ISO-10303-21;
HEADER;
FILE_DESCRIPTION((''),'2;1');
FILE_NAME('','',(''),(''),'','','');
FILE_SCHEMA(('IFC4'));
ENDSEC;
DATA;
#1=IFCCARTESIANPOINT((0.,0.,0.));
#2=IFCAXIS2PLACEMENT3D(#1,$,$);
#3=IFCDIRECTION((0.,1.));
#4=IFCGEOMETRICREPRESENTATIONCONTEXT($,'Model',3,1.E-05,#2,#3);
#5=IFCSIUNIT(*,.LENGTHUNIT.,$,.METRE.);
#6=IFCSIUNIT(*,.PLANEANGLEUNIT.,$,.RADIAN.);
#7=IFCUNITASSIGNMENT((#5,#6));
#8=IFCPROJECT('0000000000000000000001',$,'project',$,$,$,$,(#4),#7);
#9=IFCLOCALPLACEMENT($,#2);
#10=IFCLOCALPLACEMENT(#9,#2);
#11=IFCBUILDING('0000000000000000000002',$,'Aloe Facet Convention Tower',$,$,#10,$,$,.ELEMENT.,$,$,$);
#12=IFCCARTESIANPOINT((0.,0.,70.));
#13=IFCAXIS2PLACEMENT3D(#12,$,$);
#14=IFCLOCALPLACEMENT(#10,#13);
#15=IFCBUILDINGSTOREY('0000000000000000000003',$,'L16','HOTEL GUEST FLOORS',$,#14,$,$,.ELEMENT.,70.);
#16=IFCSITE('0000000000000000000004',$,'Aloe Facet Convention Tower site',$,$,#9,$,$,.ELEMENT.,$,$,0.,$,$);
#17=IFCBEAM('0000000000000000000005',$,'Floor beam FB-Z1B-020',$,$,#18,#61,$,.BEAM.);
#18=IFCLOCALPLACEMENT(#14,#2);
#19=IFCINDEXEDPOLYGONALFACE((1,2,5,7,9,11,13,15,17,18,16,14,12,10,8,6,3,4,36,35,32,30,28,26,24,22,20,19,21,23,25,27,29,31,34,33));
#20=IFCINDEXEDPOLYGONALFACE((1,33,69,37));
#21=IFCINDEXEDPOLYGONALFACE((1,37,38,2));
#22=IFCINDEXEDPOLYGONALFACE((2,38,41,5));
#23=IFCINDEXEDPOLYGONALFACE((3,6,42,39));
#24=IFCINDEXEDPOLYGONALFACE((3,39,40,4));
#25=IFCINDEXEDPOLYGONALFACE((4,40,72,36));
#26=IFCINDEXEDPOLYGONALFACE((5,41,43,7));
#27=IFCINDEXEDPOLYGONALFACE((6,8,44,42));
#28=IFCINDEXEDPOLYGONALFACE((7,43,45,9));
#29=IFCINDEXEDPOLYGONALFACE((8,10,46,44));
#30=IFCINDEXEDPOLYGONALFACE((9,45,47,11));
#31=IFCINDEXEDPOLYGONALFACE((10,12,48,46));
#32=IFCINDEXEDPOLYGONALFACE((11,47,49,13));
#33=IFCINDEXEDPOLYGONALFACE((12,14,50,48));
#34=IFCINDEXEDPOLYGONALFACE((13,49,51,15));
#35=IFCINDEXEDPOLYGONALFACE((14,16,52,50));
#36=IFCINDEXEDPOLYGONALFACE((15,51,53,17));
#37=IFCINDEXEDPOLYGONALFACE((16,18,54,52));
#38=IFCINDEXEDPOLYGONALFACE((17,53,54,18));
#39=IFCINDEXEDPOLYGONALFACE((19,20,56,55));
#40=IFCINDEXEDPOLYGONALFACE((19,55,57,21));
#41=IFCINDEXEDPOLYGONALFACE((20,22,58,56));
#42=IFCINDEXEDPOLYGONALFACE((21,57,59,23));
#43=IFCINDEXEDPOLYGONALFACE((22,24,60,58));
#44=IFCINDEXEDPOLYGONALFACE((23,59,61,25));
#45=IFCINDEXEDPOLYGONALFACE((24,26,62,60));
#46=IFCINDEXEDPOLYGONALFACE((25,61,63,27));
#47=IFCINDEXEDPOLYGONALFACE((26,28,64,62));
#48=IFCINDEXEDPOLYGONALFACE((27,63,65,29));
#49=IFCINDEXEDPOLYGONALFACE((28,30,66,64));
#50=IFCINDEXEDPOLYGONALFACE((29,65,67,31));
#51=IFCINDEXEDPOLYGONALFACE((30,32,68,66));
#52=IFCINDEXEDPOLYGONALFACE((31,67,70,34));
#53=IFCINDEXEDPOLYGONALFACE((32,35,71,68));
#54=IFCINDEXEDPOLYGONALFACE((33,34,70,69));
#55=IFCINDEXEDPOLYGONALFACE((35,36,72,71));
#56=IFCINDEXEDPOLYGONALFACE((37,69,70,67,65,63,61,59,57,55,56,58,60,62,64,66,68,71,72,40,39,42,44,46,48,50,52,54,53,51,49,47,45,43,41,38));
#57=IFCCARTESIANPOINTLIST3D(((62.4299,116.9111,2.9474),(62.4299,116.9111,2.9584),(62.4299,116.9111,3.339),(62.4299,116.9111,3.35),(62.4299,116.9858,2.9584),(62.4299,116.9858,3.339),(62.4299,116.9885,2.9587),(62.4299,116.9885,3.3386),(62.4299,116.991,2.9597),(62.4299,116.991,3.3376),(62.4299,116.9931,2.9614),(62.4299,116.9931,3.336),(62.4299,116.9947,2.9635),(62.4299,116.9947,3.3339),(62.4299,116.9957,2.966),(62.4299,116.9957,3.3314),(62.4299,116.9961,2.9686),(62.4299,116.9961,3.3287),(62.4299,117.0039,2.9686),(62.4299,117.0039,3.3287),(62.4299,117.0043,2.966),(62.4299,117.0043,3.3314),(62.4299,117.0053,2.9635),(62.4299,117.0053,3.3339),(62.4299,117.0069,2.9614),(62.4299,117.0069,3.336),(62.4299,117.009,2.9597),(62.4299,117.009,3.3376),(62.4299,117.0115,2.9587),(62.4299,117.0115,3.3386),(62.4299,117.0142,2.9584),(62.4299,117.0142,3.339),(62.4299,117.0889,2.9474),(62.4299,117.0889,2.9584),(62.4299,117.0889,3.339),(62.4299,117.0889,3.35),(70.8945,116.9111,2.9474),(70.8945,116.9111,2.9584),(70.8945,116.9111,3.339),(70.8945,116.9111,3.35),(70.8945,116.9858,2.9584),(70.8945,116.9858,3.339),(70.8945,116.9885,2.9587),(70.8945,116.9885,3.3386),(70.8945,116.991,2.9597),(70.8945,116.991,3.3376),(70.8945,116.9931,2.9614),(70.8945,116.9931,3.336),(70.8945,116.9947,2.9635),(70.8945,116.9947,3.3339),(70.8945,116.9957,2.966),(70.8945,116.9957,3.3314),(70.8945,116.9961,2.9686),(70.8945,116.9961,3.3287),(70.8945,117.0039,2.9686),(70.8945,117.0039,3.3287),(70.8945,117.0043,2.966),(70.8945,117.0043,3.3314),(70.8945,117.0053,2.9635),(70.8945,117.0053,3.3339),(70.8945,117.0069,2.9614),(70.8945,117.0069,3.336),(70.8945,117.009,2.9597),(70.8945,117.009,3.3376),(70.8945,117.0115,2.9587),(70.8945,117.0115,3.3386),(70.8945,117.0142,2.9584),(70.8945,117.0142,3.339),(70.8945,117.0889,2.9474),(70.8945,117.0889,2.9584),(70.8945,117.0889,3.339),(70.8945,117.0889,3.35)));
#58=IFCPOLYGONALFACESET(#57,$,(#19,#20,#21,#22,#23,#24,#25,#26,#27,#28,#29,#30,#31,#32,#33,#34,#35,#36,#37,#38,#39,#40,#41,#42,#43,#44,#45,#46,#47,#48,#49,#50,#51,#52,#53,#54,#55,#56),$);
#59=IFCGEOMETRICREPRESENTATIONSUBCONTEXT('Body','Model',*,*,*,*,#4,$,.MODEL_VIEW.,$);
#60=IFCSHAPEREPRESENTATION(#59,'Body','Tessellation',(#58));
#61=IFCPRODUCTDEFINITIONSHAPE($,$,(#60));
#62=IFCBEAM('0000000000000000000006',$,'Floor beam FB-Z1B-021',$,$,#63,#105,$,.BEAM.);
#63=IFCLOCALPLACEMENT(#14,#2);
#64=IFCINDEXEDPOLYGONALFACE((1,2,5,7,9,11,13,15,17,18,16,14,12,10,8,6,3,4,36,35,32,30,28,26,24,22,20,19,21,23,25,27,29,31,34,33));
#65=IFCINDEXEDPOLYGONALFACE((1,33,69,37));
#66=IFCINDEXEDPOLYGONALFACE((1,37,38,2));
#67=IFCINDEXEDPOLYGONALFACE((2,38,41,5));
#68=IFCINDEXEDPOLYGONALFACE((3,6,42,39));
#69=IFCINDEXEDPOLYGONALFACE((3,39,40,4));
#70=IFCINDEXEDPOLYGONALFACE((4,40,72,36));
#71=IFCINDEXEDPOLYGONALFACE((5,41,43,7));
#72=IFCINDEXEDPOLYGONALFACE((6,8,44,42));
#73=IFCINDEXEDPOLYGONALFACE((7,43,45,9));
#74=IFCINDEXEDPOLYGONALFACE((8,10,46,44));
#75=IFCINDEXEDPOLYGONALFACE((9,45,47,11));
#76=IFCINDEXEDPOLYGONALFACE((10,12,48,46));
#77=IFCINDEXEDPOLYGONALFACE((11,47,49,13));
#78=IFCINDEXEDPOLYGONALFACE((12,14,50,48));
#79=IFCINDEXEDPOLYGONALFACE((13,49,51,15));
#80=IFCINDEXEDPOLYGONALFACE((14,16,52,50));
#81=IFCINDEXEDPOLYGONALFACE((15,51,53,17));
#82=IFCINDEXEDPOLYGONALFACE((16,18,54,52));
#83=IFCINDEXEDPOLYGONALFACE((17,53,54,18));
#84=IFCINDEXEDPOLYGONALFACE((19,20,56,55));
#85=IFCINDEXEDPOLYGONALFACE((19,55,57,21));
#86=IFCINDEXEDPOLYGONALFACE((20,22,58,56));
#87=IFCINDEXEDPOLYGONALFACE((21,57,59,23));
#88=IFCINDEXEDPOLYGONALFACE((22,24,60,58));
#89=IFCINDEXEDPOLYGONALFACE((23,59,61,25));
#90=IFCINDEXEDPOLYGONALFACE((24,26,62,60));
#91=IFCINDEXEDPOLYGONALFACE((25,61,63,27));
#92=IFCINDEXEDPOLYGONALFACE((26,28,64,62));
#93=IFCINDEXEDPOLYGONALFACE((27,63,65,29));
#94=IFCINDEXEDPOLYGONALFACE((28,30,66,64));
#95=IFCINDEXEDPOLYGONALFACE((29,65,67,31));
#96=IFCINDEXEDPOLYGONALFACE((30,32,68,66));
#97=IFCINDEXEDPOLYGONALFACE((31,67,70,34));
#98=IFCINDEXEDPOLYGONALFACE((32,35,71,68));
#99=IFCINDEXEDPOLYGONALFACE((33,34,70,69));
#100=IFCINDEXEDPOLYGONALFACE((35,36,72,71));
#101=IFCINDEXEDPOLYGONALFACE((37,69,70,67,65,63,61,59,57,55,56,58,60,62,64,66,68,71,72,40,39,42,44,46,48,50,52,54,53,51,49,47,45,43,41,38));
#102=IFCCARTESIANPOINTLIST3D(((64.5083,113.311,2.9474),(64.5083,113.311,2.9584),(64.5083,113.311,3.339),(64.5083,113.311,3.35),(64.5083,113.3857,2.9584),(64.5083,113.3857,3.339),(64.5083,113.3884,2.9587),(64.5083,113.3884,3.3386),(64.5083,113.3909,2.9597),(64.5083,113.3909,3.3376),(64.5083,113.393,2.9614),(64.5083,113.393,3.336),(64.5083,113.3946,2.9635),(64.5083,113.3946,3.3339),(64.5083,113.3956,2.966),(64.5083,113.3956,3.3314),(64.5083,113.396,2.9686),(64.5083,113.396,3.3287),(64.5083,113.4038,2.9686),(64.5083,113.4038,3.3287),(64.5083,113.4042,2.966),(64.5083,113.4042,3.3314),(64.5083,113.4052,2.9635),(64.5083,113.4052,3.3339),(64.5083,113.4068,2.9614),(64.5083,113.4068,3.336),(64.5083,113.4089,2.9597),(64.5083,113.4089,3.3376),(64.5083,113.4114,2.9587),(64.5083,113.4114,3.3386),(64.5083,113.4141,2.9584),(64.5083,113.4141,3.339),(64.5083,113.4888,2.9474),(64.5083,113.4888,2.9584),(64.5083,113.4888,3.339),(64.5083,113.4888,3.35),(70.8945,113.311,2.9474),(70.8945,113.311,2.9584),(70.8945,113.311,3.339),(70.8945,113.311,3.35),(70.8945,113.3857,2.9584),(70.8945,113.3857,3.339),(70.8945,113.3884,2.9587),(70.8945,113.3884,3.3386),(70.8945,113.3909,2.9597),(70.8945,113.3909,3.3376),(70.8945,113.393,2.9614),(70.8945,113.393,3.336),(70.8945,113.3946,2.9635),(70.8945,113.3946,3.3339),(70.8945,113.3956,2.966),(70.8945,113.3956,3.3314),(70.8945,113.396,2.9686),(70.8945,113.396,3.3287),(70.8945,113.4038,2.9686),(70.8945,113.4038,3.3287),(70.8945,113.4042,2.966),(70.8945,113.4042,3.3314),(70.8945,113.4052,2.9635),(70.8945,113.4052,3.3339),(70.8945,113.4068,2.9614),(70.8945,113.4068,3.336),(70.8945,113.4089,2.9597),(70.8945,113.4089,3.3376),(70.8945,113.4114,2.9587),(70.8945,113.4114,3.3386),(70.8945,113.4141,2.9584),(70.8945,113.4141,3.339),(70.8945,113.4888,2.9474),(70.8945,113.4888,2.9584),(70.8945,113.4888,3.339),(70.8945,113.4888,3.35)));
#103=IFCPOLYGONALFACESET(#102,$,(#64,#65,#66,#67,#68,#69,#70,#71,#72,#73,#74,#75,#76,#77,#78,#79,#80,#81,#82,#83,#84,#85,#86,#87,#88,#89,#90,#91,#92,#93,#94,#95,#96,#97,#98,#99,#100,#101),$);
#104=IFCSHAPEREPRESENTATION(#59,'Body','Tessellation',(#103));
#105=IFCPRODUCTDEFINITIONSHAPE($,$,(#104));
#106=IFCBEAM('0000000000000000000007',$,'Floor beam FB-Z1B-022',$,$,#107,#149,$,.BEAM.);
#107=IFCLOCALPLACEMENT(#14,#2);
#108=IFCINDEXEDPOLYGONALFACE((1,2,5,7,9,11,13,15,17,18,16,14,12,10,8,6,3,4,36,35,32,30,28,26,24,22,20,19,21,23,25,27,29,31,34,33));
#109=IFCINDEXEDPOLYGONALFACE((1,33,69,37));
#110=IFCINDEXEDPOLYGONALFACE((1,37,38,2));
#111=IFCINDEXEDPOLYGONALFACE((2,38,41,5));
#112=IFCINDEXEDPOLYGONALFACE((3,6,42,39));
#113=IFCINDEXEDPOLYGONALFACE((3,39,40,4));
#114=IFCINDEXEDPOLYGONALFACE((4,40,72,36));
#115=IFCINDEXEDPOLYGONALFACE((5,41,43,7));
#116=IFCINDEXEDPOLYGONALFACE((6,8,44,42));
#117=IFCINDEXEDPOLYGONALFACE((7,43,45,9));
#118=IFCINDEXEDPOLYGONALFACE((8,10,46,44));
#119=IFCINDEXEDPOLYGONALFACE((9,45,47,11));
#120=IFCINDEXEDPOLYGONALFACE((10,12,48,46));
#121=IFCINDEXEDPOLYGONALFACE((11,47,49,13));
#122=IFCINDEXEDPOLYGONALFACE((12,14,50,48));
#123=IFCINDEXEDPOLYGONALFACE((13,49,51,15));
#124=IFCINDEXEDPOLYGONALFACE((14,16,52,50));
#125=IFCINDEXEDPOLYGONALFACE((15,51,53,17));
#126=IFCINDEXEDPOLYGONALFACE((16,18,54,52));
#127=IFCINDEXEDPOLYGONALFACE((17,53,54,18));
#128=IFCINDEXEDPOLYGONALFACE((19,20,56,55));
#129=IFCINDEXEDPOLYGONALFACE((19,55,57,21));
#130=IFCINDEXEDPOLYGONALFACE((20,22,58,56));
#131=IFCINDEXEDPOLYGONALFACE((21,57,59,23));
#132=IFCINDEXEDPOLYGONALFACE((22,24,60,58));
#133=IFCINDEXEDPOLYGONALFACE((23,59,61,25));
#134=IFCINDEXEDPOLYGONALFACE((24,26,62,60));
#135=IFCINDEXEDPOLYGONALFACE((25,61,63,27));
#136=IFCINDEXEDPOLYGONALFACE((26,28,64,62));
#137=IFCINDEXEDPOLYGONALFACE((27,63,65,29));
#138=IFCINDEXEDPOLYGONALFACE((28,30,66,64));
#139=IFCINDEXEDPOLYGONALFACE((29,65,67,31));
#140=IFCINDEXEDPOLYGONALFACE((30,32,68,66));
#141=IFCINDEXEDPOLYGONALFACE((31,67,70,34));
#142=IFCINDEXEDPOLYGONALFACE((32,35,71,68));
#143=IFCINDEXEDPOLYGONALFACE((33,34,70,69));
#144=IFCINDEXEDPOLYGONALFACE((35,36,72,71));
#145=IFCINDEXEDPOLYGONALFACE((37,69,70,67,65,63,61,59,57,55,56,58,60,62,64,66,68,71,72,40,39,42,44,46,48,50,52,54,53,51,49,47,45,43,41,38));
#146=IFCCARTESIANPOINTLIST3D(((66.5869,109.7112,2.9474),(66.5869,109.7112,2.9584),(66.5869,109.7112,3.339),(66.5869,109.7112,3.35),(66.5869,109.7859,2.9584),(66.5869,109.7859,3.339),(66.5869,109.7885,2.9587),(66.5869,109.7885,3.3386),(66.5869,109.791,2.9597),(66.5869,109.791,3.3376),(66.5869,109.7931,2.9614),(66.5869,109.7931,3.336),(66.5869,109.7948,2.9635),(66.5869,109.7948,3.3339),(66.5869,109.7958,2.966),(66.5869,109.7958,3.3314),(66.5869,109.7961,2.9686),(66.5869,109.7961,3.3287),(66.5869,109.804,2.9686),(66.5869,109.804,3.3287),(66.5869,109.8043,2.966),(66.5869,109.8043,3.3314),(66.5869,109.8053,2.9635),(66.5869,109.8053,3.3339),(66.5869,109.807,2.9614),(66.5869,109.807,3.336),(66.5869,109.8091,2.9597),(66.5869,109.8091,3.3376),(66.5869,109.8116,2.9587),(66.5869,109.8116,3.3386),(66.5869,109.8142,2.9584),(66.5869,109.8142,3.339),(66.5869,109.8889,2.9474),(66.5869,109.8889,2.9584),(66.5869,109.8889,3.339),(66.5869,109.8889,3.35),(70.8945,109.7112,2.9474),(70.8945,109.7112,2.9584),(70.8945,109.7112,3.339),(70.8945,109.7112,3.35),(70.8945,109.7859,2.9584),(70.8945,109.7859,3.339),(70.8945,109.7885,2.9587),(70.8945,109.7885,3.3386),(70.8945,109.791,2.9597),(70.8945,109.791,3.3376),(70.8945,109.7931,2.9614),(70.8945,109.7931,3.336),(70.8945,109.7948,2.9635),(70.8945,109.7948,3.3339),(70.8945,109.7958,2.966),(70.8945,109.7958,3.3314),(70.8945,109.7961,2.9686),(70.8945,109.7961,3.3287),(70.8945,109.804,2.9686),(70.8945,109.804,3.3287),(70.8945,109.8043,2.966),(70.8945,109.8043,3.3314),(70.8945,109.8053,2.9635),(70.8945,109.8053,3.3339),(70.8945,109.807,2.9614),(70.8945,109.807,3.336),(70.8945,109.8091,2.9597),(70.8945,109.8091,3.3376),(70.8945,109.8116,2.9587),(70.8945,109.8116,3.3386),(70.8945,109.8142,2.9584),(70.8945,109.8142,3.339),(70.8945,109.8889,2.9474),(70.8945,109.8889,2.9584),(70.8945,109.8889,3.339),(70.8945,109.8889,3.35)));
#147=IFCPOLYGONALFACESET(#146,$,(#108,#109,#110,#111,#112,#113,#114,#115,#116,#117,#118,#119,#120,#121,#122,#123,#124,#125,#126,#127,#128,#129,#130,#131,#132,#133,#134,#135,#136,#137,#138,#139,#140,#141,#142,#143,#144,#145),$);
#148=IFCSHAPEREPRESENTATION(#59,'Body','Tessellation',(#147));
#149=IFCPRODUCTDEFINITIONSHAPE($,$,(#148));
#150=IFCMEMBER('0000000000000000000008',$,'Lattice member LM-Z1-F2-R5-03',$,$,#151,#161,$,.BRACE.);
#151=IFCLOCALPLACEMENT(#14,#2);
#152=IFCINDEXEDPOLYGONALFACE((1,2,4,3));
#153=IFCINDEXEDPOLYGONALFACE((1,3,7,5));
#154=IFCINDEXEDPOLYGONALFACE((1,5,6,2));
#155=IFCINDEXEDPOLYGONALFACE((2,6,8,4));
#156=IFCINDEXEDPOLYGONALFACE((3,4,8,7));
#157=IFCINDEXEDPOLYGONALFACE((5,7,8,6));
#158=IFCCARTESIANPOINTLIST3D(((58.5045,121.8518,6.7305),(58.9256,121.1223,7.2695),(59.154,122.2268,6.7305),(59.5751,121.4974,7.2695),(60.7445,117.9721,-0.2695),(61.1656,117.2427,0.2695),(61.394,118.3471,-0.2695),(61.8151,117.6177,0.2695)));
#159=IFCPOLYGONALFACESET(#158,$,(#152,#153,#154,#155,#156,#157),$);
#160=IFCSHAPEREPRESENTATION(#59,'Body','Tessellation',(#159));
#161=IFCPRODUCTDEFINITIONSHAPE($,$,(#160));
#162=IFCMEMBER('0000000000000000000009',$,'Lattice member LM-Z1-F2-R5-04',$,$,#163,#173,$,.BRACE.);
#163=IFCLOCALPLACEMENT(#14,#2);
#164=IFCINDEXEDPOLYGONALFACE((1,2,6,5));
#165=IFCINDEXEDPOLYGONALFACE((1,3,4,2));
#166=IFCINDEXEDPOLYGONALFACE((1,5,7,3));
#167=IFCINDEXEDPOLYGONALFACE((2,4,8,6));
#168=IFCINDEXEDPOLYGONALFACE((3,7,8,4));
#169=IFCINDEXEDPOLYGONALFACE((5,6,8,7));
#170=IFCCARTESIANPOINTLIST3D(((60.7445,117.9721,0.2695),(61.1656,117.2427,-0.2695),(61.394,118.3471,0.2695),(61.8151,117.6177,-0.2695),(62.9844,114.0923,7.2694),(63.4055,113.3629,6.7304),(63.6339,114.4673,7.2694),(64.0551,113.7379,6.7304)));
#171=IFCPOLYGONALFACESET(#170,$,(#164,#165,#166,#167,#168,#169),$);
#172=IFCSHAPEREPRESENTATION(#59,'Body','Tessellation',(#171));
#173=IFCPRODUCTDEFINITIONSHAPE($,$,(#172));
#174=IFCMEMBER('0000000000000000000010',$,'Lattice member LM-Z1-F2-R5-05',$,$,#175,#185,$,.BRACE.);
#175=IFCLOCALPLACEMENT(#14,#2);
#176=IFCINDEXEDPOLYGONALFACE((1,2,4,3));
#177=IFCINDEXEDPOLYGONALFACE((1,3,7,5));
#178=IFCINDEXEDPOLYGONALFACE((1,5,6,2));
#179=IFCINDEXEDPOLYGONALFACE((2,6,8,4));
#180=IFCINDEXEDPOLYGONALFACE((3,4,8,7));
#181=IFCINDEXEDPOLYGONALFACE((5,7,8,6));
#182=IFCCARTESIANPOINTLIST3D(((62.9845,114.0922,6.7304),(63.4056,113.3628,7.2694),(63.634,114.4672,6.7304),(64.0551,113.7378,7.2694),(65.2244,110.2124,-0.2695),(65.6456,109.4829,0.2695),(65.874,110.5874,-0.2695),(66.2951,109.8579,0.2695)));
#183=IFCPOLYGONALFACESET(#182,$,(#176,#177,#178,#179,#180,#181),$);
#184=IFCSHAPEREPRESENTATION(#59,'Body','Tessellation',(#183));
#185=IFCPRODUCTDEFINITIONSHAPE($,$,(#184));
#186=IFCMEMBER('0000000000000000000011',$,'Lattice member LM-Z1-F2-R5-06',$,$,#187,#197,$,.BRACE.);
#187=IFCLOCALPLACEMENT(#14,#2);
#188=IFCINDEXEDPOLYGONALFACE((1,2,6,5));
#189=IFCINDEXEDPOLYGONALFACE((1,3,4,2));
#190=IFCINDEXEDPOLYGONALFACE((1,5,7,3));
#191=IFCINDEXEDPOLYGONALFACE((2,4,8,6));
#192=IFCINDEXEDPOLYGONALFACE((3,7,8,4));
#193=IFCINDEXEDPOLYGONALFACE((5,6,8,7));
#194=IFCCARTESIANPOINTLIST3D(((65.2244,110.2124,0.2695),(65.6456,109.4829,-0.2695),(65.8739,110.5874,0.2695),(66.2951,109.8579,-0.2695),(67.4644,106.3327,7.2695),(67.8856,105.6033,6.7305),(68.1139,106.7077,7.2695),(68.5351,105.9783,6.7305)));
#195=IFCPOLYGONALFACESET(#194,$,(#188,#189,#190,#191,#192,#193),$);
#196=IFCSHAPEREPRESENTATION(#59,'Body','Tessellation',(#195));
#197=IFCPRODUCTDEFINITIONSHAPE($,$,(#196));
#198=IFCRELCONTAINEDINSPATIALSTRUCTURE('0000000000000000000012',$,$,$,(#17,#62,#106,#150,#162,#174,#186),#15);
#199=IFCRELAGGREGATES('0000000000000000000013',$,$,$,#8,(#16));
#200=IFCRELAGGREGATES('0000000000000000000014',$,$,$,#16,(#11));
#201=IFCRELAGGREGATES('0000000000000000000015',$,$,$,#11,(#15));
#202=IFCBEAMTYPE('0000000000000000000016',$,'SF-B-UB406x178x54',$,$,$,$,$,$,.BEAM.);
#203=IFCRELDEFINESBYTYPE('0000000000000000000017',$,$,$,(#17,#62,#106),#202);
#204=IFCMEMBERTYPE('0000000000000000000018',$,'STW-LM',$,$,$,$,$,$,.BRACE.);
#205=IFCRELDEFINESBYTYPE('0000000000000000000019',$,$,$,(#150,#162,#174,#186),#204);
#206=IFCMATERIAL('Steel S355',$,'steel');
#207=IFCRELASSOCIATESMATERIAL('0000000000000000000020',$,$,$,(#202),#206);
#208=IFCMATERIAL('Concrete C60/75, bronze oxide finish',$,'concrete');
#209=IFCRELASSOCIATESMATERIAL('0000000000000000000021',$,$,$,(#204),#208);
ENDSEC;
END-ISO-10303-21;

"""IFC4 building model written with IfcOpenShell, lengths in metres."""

from ifc_helpers import new_model, si_unit, direction, frame, origin, origin_2d, place, context, subcontext, project, spatial, rectangle, i_section, extrude, material, material_profile, profile_set, type_object, element, save


model = new_model("IFC4")

# Units and contexts
model_context = context("Model", 3, precision=1e-05, world=origin(), true_north=direction((0.0, 1.0)))
body_context = subcontext(model_context, "Body", "Model", "MODEL_VIEW")
ifc_project = project(units=[si_unit("LENGTHUNIT", "METRE"), si_unit("PLANEANGLEUNIT", "RADIAN")], contexts=[model_context])

# Site, building, storey
site_placement = place(None, origin())
site = spatial("IfcSite", under=ifc_project, at=site_placement, Name="Aloe Facet Convention Tower site", CompositionType="ELEMENT", RefElevation=0.0)
building_placement = place(site_placement, origin())
building = spatial("IfcBuilding", under=site, at=building_placement, Name="Aloe Facet Convention Tower", CompositionType="ELEMENT")
storey_placement = place(building_placement, frame((0.0, 0.0, 70.0)))
storey = spatial("IfcBuildingStorey", under=building, at=storey_placement, Name="L16", Description="HOTEL GUEST FLOORS", CompositionType="ELEMENT", Elevation=70.0)

# Beams
ifc_material_1 = material(Name="Steel S355", Category="steel")
ifc_material_profile_1 = material_profile(ifc_material_1, i_section(OverallWidth=0.1777, OverallDepth=0.4026, WebThickness=0.0078, FlangeThickness=0.011, FilletRadius=0.0103, at=origin_2d()), Name="UB 406x178x54")
ifc_profile_set_1 = profile_set([ifc_material_profile_1], Name="Steel S355")
beam_type = type_object("IfcBeamType", Name="SF-B-UB406x178x54", PredefinedType="BEAM", material=ifc_profile_set_1)
beam_1_placement = place(storey_placement, frame((62.4299, 117.0, 3.1487), z_axis=(1.0, 0.0, 0.0), x_axis=(0.0, 1.0, 0.0)))
element("IfcBeam", 1, at=beam_1_placement, inside=storey, type_object=beam_type, Name="Floor beam FB-Z1B-020", PredefinedType="BEAM", context=body_context, shape_type="SweptSolid", body=[
    extrude(i_section(OverallWidth=0.1777, OverallDepth=0.4026, WebThickness=0.0078, FlangeThickness=0.011, FilletRadius=0.0103, at=origin_2d()), origin(), (0.0, 0.0, 1.0), 8.4646),
])
beam_2_placement = place(storey_placement, frame((64.5083, 113.3999, 3.1487), z_axis=(1.0, 0.0, 0.0), x_axis=(0.0, 1.0, 0.0)))
element("IfcBeam", 2, at=beam_2_placement, inside=storey, type_object=beam_type, Name="Floor beam FB-Z1B-021", PredefinedType="BEAM", context=body_context, shape_type="SweptSolid", body=[
    extrude(i_section(OverallWidth=0.1777, OverallDepth=0.4026, WebThickness=0.0078, FlangeThickness=0.011, FilletRadius=0.0103, at=origin_2d()), origin(), (0.0, 0.0, 1.0), 6.3862),
])
beam_3_placement = place(storey_placement, frame((66.5869, 109.8, 3.1487), z_axis=(1.0, 0.0, 0.0), x_axis=(0.0, 1.0, 0.0)))
element("IfcBeam", 3, at=beam_3_placement, inside=storey, type_object=beam_type, Name="Floor beam FB-Z1B-022", PredefinedType="BEAM", context=body_context, shape_type="SweptSolid", body=[
    extrude(i_section(OverallWidth=0.1777, OverallDepth=0.4026, WebThickness=0.0078, FlangeThickness=0.011, FilletRadius=0.0103, at=origin_2d()), origin(), (0.0, 0.0, 1.0), 4.3076),
])

# Members
ifc_material_2 = material(Name="Concrete C60/75, bronze oxide finish", Category="concrete")
ifc_material_profile_2 = material_profile(ifc_material_2, rectangle(XDim=0.75, YDim=1.0, at=origin_2d()), Name="STW-LM")
ifc_profile_set_2 = profile_set([ifc_material_profile_2], Name="Concrete C60/75, bronze oxide finish")
member_type = type_object("IfcMemberType", Name="STW-LM", PredefinedType="BRACE", material=ifc_profile_set_2)
for number, where, z_axis, x_axis, name in (
    (4, (61.2798, 117.7949, 0.0), (-0.269528, 0.46682, 0.842279), (-0.866018, -0.500013, 0.0), "Lattice member LM-Z1-F2-R5-03"),
    (5, (61.2798, 117.7949, 0.0), (0.269524, -0.466843, 0.842267), (0.866031, 0.49999, 0.0), "Lattice member LM-Z1-F2-R5-04"),
    (6, (65.7598, 110.0352, 0.0), (-0.269524, 0.466843, 0.842267), (-0.866031, -0.49999, 0.0), "Lattice member LM-Z1-F2-R5-05"),
    (7, (65.7598, 110.0352, 0.0), (0.269528, -0.46682, 0.842279), (0.866018, 0.500013, 0.0), "Lattice member LM-Z1-F2-R5-06"),
):
    element("IfcMember", number, at=place(storey_placement, frame(where, z_axis=z_axis, x_axis=x_axis)), inside=storey, type_object=member_type, Name=name, PredefinedType="BRACE", context=body_context, shape_type="SweptSolid", body=[
        extrude(rectangle(XDim=0.75, YDim=1.0, at=origin_2d()), origin(), (0.0, 0.0, 1.0), 8.3108),
    ])

save(model, "model.ifc")
